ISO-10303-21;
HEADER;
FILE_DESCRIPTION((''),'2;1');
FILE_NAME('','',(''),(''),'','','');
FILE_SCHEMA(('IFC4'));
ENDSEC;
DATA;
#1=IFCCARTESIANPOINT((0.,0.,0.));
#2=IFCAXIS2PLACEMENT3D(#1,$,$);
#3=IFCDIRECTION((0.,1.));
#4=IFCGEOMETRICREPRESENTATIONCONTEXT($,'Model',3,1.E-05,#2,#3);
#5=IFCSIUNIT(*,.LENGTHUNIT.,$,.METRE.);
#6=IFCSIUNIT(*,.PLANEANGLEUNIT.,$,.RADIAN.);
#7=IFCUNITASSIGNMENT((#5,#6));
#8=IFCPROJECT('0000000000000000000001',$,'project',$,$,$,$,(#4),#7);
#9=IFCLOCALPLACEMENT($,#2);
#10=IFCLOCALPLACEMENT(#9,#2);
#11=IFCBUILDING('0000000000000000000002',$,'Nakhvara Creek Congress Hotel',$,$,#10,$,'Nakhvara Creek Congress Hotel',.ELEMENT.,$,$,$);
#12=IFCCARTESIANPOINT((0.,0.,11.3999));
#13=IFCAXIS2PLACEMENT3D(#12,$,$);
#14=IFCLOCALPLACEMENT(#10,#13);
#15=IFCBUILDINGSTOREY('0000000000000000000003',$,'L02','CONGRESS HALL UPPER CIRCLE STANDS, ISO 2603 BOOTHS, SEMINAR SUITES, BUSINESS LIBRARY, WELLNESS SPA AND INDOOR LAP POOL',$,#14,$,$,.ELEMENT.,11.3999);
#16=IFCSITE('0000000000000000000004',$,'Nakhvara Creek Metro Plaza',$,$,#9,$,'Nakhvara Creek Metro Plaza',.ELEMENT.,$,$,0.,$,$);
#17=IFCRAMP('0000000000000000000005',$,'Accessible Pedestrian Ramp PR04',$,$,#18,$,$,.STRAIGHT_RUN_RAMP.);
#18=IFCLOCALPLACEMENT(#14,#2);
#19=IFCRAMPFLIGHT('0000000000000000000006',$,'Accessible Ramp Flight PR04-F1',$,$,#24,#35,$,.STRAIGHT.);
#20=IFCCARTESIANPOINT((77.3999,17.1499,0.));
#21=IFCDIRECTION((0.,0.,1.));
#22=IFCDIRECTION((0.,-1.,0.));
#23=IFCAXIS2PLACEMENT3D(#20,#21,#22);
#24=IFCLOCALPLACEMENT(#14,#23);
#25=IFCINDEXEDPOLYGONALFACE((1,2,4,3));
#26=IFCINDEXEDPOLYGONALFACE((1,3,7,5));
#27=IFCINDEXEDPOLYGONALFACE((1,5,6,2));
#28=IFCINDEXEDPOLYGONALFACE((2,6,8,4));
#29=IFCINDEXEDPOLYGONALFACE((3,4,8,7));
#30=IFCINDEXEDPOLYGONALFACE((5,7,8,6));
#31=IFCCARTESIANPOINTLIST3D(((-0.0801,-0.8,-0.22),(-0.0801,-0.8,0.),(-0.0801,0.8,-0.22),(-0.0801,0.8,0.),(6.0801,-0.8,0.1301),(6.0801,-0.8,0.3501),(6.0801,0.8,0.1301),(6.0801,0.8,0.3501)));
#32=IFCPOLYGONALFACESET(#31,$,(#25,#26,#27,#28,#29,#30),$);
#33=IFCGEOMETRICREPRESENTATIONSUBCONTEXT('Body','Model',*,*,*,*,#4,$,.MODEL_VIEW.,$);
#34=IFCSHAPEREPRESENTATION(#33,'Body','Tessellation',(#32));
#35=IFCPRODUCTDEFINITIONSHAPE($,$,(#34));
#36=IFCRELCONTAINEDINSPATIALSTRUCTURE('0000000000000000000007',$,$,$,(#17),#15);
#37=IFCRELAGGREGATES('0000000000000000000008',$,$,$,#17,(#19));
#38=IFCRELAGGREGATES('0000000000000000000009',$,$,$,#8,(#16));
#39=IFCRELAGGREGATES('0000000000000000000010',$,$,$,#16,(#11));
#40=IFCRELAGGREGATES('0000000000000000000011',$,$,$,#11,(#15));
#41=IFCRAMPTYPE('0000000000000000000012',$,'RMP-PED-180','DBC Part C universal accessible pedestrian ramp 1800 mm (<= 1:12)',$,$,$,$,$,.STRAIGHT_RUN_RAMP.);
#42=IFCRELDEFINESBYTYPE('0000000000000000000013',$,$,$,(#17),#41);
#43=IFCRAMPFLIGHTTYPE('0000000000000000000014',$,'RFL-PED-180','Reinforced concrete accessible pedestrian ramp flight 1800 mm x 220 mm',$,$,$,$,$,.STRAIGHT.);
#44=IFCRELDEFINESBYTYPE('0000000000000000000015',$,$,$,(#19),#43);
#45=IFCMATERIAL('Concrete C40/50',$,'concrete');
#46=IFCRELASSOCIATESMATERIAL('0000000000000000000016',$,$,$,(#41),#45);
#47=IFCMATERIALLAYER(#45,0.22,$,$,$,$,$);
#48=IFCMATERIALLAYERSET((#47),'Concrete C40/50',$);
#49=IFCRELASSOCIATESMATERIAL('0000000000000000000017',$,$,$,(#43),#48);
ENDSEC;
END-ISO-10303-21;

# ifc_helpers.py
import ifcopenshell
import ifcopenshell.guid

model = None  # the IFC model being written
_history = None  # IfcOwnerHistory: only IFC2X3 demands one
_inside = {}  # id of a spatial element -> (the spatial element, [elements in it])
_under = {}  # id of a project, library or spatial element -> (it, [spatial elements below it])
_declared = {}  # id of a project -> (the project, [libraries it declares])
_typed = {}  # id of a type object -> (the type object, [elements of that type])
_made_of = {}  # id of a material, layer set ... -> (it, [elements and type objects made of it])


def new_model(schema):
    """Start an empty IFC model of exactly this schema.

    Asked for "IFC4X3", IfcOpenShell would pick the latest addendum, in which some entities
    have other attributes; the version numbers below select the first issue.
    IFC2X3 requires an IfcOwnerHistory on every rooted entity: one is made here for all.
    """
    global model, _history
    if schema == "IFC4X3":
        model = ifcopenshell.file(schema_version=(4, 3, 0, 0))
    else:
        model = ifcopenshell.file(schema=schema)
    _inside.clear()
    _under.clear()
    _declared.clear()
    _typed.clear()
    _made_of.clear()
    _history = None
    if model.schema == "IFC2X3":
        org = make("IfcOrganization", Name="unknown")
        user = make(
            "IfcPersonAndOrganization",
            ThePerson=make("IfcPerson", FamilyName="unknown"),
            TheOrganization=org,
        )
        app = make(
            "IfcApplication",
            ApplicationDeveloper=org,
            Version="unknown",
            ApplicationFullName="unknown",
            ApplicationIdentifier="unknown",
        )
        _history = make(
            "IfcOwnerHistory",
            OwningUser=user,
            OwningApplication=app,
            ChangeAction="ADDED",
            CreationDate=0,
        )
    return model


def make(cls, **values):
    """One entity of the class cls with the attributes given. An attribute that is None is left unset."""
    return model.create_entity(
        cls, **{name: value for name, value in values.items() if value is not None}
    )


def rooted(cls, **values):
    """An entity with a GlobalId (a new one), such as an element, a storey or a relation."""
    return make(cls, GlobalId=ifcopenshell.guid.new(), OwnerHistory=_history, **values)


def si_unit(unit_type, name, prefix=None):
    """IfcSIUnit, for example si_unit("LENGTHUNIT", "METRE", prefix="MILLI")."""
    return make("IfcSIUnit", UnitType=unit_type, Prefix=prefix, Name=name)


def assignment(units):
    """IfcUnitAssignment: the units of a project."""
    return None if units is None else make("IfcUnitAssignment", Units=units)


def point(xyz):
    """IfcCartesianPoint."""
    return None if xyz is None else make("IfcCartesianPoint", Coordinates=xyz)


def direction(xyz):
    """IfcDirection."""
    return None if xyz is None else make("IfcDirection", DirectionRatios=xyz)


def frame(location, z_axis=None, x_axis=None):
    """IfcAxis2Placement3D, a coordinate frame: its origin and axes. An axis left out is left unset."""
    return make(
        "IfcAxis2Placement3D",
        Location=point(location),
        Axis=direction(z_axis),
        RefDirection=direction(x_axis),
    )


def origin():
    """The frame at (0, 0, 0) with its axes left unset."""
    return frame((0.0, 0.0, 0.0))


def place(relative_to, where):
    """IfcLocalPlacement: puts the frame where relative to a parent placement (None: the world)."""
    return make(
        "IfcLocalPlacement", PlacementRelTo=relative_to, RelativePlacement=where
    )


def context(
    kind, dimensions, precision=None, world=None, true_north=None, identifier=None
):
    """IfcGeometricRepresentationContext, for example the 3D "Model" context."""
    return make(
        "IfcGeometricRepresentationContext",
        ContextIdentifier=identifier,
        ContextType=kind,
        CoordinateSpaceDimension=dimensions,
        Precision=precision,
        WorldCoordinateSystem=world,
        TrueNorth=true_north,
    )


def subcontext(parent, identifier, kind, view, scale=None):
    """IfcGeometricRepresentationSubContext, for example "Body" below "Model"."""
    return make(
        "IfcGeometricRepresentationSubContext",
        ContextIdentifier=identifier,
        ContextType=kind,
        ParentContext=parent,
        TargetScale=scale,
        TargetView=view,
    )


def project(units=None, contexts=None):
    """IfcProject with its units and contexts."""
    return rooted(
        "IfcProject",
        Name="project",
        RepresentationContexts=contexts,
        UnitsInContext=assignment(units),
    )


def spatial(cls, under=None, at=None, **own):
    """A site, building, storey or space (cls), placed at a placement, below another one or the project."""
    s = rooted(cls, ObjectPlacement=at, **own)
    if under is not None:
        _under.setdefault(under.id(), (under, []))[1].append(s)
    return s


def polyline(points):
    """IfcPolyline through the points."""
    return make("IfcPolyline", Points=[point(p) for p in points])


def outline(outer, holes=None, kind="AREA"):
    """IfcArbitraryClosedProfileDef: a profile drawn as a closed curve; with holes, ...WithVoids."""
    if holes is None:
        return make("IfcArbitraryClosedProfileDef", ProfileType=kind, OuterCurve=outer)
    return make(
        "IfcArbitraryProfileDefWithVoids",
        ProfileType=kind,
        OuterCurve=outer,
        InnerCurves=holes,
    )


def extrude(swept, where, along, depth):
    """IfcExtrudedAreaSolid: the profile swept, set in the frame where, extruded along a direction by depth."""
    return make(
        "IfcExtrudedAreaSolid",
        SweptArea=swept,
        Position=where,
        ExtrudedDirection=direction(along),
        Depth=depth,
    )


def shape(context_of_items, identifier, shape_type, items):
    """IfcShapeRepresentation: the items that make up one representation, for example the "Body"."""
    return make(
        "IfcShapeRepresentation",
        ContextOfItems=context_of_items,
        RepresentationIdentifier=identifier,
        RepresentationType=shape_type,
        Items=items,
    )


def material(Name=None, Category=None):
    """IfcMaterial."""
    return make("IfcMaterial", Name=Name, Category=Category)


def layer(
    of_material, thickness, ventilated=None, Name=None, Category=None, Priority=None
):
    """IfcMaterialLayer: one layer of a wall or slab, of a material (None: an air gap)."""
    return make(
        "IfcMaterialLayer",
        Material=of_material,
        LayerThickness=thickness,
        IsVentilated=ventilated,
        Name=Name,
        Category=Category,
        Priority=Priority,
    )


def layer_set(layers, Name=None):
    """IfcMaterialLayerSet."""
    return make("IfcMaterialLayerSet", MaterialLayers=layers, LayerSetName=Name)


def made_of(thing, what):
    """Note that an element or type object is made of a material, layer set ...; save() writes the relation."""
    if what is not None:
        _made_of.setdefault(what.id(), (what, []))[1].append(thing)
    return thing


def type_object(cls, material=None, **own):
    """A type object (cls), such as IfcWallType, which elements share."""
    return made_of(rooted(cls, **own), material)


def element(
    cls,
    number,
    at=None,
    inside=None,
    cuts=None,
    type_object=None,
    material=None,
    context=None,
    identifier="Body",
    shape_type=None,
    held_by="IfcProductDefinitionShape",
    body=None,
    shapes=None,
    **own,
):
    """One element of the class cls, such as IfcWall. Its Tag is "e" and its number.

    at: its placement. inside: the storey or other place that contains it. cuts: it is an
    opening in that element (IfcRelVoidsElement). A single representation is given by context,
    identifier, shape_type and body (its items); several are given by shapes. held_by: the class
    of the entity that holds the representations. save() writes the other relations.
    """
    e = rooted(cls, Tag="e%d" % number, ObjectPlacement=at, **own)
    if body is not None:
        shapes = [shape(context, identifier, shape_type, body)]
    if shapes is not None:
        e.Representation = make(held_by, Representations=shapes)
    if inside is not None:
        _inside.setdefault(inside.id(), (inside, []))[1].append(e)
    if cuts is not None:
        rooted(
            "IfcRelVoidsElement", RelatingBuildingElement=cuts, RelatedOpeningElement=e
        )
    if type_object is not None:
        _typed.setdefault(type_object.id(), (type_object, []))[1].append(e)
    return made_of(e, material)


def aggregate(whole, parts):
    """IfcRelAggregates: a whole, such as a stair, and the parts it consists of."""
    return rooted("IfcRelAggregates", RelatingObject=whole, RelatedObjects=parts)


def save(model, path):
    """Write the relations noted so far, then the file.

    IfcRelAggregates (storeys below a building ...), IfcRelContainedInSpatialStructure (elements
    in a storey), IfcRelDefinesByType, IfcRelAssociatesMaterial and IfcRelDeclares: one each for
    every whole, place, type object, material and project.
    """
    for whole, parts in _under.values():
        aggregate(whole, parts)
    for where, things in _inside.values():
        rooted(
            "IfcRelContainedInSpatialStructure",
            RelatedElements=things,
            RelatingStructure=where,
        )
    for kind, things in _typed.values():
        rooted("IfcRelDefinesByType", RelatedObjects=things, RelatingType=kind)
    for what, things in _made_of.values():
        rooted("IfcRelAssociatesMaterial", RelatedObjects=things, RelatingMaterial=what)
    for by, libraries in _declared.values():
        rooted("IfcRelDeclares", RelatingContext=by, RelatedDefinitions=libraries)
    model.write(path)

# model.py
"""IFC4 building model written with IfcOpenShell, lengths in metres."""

from ifc_helpers import new_model, si_unit, direction, frame, origin, place, context, subcontext, project, spatial, polyline, outline, extrude, material, layer, layer_set, type_object, element, aggregate, save


model = new_model("IFC4")

# Units and contexts
model_context = context("Model", 3, precision=1e-05, world=origin(), true_north=direction((0.0, 1.0)))
body_context = subcontext(model_context, "Body", "Model", "MODEL_VIEW")
ifc_project = project(units=[si_unit("LENGTHUNIT", "METRE"), si_unit("PLANEANGLEUNIT", "RADIAN")], contexts=[model_context])

# Site, building, storey
site_placement = place(None, origin())
site = spatial("IfcSite", under=ifc_project, at=site_placement, Name="Nakhvara Creek Metro Plaza", LongName="Nakhvara Creek Metro Plaza", CompositionType="ELEMENT", RefElevation=0.0)
building_placement = place(site_placement, origin())
building = spatial("IfcBuilding", under=site, at=building_placement, Name="Nakhvara Creek Congress Hotel", LongName="Nakhvara Creek Congress Hotel", CompositionType="ELEMENT")
storey_placement = place(building_placement, frame((0.0, 0.0, 11.3999)))
storey = spatial("IfcBuildingStorey", under=building, at=storey_placement, Name="L02", Description="CONGRESS HALL UPPER CIRCLE STANDS, ISO 2603 BOOTHS, SEMINAR SUITES, BUSINESS LIBRARY, WELLNESS SPA AND INDOOR LAP POOL", CompositionType="ELEMENT", Elevation=11.3999)

# Shared definitions
ifc_material_1 = material(Name="Concrete C40/50", Category="concrete")

# Ramp, ramp flight
ramp_type = type_object("IfcRampType", Name="RMP-PED-180", Description="DBC Part C universal accessible pedestrian ramp 1800 mm (<= 1:12)", PredefinedType="STRAIGHT_RUN_RAMP", material=ifc_material_1)
ramp_placement = place(storey_placement, origin())
ramp = element("IfcRamp", 1, at=ramp_placement, inside=storey, type_object=ramp_type, Name="Accessible Pedestrian Ramp PR04", PredefinedType="STRAIGHT_RUN_RAMP")
ifc_layer_1 = layer(ifc_material_1, 0.22)
ifc_layer_set_1 = layer_set([ifc_layer_1], Name="Concrete C40/50")
ramp_flight_type = type_object("IfcRampFlightType", Name="RFL-PED-180", Description="Reinforced concrete accessible pedestrian ramp flight 1800 mm x 220 mm", PredefinedType="STRAIGHT", material=ifc_layer_set_1)
ramp_flight_placement = place(storey_placement, frame((77.3999, 17.1499, 0.0), z_axis=(0.0, 0.0, 1.0), x_axis=(0.0, -1.0, 0.0)))
ramp_flight = element("IfcRampFlight", 2, at=ramp_flight_placement, type_object=ramp_flight_type, Name="Accessible Ramp Flight PR04-F1", PredefinedType="STRAIGHT", context=body_context, shape_type="SweptSolid", body=[
    extrude(outline(polyline([(-0.0801, 0.0), (6.0801, 0.3501), (6.0801, 0.1301), (-0.0801, -0.22), (-0.0801, 0.0)])), frame((0.0, 0.8, 0.0), z_axis=(0.0, -1.0, 0.0), x_axis=(1.0, 0.0, 0.0)), (0.0, 0.0, 1.0), 1.6001),
])
aggregate(ramp, [ramp_flight])

save(model, "model.ifc")
